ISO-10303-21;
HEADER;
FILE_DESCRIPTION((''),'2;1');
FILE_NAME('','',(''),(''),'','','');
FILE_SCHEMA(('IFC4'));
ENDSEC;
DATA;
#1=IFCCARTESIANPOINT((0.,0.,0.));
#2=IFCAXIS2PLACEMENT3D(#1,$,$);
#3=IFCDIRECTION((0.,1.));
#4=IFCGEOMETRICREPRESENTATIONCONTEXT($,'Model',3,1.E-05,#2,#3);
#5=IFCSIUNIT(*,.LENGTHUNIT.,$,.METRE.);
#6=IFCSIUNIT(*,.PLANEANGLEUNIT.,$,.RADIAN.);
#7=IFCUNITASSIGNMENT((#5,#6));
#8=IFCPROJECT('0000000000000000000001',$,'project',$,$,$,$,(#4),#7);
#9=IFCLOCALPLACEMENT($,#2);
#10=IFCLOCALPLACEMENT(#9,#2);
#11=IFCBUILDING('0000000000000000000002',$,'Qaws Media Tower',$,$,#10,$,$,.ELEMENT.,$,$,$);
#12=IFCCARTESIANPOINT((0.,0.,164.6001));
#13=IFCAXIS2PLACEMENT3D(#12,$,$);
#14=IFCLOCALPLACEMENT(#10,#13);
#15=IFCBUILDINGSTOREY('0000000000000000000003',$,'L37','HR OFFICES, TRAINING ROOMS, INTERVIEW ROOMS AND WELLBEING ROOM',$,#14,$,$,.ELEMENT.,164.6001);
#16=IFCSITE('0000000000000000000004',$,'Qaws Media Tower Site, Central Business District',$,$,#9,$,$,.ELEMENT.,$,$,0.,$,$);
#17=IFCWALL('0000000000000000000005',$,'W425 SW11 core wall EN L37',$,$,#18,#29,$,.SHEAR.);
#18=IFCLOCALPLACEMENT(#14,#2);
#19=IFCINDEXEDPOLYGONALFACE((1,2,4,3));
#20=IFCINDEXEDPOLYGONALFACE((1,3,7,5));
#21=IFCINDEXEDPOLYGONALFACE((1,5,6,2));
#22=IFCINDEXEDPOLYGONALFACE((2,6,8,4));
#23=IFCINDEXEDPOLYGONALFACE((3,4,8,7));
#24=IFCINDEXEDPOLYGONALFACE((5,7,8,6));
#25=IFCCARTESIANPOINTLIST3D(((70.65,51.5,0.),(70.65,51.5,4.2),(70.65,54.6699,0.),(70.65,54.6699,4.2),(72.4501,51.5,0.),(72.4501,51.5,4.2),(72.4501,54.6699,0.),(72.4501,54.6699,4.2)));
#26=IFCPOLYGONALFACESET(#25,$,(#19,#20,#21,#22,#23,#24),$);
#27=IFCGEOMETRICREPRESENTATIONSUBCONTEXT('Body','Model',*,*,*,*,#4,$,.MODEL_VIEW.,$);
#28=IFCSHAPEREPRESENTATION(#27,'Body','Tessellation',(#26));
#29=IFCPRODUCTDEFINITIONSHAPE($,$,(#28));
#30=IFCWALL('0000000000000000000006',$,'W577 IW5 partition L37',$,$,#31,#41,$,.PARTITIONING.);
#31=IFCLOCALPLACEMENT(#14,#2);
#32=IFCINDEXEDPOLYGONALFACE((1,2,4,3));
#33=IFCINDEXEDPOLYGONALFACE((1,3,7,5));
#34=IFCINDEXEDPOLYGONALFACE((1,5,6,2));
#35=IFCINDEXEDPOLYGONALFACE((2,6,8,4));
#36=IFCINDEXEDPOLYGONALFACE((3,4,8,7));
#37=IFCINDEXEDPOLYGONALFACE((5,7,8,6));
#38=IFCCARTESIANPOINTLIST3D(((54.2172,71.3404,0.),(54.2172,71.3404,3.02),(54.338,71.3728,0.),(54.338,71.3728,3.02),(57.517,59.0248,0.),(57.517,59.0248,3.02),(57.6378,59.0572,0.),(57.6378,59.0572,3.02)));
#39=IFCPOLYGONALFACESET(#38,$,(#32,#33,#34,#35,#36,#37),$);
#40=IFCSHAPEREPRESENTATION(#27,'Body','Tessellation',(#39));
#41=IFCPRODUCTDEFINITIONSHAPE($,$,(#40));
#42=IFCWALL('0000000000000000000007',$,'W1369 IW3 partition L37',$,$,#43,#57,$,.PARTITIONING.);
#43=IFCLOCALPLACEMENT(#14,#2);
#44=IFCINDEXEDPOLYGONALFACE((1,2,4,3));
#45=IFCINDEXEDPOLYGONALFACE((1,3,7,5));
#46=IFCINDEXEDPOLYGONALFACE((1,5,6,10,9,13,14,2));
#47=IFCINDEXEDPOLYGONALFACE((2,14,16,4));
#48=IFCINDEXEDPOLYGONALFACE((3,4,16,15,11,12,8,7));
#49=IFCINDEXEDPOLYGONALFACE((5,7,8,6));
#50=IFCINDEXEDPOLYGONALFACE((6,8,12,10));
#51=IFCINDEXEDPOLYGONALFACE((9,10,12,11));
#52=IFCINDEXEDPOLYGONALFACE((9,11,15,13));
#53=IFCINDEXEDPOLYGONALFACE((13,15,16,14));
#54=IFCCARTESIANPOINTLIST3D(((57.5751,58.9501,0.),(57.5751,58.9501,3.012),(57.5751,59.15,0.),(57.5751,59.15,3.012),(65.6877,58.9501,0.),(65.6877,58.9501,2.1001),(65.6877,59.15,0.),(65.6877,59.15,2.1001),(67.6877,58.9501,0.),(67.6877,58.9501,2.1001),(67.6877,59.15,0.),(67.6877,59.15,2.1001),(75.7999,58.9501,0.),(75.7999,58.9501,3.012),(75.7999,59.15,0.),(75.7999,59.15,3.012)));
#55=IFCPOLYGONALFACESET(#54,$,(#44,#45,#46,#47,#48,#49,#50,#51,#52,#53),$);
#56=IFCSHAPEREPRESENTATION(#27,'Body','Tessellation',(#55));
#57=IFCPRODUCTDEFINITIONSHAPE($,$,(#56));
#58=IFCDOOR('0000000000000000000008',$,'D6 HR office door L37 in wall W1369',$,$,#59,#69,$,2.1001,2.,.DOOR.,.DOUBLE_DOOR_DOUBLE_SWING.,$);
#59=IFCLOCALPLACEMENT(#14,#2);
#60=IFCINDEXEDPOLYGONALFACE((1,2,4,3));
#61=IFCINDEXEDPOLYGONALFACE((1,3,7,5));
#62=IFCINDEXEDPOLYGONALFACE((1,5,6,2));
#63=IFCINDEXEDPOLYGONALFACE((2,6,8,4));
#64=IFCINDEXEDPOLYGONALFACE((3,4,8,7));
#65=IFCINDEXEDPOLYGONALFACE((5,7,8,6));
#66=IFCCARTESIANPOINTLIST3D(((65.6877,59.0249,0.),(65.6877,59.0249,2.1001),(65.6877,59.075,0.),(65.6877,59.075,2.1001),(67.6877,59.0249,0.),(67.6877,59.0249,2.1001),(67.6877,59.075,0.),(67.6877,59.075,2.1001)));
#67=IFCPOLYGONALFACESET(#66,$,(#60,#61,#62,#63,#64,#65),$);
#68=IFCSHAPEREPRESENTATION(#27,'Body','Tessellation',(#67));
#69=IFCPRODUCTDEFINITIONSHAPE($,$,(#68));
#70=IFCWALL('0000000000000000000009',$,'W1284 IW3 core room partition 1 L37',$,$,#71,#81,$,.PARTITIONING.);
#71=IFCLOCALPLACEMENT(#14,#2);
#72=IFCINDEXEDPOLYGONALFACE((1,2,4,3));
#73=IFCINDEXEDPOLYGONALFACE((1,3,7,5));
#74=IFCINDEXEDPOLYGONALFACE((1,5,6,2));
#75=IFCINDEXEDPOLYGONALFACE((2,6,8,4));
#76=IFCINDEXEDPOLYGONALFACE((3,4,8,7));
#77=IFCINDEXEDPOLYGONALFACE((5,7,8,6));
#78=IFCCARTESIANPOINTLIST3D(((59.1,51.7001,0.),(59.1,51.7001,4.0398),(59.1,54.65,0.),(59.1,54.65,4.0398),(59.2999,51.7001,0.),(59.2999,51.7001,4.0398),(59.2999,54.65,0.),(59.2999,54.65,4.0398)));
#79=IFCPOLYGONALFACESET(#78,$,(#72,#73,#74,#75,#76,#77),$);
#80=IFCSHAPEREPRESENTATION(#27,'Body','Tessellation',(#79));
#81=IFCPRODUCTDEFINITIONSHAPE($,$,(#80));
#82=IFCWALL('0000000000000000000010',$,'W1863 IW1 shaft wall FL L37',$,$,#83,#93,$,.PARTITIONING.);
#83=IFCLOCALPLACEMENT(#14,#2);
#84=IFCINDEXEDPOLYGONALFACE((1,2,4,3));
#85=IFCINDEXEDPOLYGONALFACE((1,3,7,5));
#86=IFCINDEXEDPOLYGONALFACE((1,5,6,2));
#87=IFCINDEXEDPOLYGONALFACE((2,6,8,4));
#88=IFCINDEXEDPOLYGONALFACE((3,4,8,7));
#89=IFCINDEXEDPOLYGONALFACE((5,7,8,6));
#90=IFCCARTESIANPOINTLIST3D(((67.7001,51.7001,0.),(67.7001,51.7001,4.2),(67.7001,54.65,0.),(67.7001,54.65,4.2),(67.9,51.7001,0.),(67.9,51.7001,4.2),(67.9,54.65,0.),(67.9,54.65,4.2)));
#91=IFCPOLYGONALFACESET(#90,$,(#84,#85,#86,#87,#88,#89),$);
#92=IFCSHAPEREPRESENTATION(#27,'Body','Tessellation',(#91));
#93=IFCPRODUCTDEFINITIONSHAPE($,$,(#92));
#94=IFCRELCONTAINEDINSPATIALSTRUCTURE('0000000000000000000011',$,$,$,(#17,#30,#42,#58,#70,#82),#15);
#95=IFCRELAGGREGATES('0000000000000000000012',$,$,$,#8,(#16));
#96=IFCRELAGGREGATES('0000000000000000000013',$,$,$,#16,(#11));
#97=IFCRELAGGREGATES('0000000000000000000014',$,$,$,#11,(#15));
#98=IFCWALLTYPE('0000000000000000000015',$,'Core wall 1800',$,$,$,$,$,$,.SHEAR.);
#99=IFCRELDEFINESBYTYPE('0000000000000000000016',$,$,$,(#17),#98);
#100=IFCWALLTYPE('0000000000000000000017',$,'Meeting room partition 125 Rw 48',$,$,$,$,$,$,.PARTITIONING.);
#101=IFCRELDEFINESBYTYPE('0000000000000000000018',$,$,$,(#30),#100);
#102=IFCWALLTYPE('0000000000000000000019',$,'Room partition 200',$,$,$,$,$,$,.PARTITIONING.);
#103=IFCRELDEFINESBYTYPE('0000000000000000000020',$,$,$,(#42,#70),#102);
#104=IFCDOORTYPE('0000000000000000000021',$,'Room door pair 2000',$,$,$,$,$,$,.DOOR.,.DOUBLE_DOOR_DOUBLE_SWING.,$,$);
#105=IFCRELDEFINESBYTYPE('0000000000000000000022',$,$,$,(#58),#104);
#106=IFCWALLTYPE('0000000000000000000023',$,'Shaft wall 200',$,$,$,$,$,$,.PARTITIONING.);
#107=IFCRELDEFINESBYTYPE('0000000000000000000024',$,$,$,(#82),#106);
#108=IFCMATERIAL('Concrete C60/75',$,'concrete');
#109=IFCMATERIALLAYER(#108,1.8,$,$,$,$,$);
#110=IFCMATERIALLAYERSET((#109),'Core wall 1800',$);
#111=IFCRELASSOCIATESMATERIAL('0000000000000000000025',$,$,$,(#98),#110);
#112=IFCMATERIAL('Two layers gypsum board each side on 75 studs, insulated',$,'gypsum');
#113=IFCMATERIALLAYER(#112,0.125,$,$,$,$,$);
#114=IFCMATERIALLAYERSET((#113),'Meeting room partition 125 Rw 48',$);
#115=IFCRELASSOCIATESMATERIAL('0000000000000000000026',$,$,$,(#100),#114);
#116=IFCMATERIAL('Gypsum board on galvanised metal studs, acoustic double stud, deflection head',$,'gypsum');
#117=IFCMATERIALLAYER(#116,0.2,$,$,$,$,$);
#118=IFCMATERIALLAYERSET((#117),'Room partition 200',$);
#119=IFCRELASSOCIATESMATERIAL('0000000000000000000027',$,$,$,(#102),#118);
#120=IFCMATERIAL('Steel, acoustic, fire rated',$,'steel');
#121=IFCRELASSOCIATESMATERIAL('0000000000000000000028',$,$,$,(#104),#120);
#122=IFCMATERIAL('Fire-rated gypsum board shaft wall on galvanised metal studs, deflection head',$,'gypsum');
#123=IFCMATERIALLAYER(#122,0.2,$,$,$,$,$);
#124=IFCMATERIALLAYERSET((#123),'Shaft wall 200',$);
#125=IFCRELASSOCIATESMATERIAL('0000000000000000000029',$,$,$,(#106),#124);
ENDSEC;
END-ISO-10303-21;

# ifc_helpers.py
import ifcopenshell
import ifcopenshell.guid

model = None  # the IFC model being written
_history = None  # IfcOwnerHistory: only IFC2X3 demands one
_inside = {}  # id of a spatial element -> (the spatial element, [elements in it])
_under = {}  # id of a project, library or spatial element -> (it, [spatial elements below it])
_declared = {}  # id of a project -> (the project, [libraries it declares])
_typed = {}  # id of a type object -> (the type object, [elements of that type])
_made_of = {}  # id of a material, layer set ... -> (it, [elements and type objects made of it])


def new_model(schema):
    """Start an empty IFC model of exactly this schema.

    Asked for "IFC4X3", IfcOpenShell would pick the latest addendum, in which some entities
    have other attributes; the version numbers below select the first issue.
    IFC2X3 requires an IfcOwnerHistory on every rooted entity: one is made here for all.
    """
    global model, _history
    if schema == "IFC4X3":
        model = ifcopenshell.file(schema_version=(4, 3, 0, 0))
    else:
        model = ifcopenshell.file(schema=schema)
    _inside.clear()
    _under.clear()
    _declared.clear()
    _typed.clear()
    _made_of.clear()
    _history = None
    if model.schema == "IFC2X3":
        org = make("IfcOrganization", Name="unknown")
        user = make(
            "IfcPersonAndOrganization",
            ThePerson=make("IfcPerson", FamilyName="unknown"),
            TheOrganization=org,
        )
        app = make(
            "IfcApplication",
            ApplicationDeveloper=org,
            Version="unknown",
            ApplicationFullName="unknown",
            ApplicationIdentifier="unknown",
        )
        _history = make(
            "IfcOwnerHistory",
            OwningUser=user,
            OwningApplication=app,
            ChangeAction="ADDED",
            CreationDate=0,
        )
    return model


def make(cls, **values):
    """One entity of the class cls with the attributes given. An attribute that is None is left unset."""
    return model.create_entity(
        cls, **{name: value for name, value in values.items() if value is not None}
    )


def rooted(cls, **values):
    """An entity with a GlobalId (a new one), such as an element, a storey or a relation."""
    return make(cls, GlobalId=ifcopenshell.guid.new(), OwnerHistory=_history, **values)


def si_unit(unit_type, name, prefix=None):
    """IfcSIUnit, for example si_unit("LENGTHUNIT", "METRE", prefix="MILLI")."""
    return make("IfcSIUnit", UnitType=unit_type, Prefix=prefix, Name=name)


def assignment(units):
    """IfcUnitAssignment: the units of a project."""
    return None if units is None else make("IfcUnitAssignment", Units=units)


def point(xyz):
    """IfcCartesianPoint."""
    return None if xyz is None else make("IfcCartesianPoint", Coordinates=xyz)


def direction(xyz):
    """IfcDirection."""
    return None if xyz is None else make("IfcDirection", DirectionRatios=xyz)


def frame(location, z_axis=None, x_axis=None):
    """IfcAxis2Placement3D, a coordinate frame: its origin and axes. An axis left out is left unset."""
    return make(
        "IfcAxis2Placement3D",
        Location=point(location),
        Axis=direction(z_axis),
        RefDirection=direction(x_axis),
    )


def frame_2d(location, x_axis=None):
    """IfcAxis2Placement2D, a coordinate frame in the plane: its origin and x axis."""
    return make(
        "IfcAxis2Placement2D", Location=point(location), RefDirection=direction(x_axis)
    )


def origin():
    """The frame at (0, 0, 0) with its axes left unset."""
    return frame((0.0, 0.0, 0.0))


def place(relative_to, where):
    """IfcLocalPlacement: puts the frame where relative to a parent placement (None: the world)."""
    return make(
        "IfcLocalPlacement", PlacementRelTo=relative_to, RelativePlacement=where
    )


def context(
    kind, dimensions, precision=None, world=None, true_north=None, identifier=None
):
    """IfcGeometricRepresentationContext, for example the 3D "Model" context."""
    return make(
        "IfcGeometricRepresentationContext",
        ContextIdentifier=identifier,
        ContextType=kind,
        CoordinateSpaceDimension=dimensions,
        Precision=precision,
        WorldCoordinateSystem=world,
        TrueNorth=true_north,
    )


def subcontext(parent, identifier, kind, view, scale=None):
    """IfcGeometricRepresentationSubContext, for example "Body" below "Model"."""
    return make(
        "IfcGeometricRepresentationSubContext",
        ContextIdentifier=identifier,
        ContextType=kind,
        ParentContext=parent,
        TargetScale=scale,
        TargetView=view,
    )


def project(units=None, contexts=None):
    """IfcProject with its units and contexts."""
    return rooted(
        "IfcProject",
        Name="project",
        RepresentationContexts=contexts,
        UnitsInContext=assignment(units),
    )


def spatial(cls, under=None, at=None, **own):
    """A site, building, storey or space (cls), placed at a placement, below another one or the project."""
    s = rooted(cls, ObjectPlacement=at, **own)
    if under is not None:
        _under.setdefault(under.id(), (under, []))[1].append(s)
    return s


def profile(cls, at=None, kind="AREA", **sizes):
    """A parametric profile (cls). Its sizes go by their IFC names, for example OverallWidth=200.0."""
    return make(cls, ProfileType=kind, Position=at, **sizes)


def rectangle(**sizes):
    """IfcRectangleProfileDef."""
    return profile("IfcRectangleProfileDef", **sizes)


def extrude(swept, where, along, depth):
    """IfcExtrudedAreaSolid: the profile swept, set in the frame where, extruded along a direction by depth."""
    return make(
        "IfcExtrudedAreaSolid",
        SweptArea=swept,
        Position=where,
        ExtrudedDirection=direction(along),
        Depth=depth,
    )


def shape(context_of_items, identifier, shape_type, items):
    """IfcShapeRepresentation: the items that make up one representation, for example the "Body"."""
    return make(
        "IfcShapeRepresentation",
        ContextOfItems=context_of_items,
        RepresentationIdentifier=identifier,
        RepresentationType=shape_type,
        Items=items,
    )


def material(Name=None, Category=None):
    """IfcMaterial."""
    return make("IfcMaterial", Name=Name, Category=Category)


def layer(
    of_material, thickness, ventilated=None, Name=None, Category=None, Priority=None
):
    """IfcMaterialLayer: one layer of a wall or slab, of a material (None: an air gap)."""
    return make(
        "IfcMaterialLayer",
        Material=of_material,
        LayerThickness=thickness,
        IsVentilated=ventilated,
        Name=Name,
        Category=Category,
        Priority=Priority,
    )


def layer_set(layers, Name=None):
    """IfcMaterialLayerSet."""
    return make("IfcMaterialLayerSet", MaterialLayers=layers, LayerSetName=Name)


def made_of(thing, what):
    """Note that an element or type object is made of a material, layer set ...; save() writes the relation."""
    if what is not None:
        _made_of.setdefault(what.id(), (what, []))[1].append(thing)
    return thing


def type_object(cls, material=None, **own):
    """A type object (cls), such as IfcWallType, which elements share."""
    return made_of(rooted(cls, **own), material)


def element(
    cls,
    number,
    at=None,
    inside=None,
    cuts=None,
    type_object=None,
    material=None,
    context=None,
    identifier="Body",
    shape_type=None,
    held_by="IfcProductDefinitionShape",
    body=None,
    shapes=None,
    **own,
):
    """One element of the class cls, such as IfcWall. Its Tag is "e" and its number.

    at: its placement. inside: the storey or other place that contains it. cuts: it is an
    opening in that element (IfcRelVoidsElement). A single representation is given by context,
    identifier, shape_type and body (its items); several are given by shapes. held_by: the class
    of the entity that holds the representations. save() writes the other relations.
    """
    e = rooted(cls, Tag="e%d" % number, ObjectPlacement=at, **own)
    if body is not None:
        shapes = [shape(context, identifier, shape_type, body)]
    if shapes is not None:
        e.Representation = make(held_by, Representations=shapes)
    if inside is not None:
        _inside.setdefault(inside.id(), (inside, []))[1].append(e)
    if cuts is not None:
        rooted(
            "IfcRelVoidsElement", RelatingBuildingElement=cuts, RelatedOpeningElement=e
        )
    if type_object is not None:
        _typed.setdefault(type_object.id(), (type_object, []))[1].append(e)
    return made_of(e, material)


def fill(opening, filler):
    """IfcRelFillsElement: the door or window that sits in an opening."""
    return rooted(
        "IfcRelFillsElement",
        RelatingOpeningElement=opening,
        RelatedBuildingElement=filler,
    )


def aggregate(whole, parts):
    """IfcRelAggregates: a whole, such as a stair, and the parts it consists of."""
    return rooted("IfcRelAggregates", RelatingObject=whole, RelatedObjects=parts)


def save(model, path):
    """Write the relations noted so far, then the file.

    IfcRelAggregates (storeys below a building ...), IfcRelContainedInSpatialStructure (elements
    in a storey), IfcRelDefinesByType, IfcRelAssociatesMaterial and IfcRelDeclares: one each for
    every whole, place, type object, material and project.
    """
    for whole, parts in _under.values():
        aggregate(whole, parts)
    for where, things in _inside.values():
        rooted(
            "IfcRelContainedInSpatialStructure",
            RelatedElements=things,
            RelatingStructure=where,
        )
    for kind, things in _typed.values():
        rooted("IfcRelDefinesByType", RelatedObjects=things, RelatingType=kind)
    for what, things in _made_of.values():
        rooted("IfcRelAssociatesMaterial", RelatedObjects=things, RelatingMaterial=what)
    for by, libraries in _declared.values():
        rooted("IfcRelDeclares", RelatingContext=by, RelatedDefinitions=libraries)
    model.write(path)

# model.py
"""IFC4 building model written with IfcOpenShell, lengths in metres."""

from ifc_helpers import new_model, si_unit, direction, frame, frame_2d, origin, place, context, subcontext, project, spatial, rectangle, extrude, material, layer, layer_set, type_object, element, fill, save


model = new_model("IFC4")

# Units and contexts
model_context = context("Model", 3, precision=1e-05, world=origin(), true_north=direction((0.0, 1.0)))
body_context = subcontext(model_context, "Body", "Model", "MODEL_VIEW")
ifc_project = project(units=[si_unit("LENGTHUNIT", "METRE"), si_unit("PLANEANGLEUNIT", "RADIAN")], contexts=[model_context])

# Site, building, storey
site_placement = place(None, origin())
site = spatial("IfcSite", under=ifc_project, at=site_placement, Name="Qaws Media Tower Site, Central Business District", CompositionType="ELEMENT", RefElevation=0.0)
building_placement = place(site_placement, origin())
building = spatial("IfcBuilding", under=site, at=building_placement, Name="Qaws Media Tower", CompositionType="ELEMENT")
storey_placement = place(building_placement, frame((0.0, 0.0, 164.6001)))
storey = spatial("IfcBuildingStorey", under=building, at=storey_placement, Name="L37", Description="HR OFFICES, TRAINING ROOMS, INTERVIEW ROOMS AND WELLBEING ROOM", CompositionType="ELEMENT", Elevation=164.6001)

# Shared definitions
ifc_material_1 = material(Name="Concrete C60/75", Category="concrete")
ifc_layer_1 = layer(ifc_material_1, 1.8)
ifc_layer_set_1 = layer_set([ifc_layer_1], Name="Core wall 1800")
wall_type_1 = type_object("IfcWallType", Name="Core wall 1800", PredefinedType="SHEAR", material=ifc_layer_set_1)

# Walls
wall_1_placement = place(storey_placement, frame((71.55, 51.5, 0.0), z_axis=(0.0, 0.0, 1.0), x_axis=(0.0, 1.0, 0.0)))
element("IfcWall", 1, at=wall_1_placement, inside=storey, type_object=wall_type_1, Name="W425 SW11 core wall EN L37", PredefinedType="SHEAR", context=body_context, shape_type="SweptSolid", body=[
    extrude(rectangle(XDim=3.1699, YDim=1.8, at=frame_2d((1.585, 0.0))), origin(), (0.0, 0.0, 1.0), 4.2),
])
ifc_material_2 = material(Name="Two layers gypsum board each side on 75 studs, insulated", Category="gypsum")
ifc_layer_2 = layer(ifc_material_2, 0.125)
ifc_layer_set_2 = layer_set([ifc_layer_2], Name="Meeting room partition 125 Rw 48")
wall_type_2 = type_object("IfcWallType", Name="Meeting room partition 125 Rw 48", PredefinedType="PARTITIONING", material=ifc_layer_set_2)
wall_2_placement = place(storey_placement, frame((57.5774, 59.041, 0.0), z_axis=(0.0, 0.0, 1.0), x_axis=(-0.258807, 0.965929, 0.0)))
element("IfcWall", 2, at=wall_2_placement, inside=storey, type_object=wall_type_2, Name="W577 IW5 partition L37", PredefinedType="PARTITIONING", context=body_context, shape_type="SweptSolid", body=[
    extrude(rectangle(XDim=12.75, YDim=0.125, at=frame_2d((6.375, 0.0))), origin(), (0.0, 0.0, 1.0), 3.02),
])

# Wall, opening, door
ifc_material_3 = material(Name="Gypsum board on galvanised metal studs, acoustic double stud, deflection head", Category="gypsum")
ifc_layer_3 = layer(ifc_material_3, 0.2)
ifc_layer_set_3 = layer_set([ifc_layer_3], Name="Room partition 200")
wall_type_3 = type_object("IfcWallType", Name="Room partition 200", PredefinedType="PARTITIONING", material=ifc_layer_set_3)
wall_3_placement = place(storey_placement, frame((57.5752, 59.05, 0.0), z_axis=(0.0, 0.0, 1.0), x_axis=(1.0, 0.0, 0.0)))
wall_3 = element("IfcWall", 3, at=wall_3_placement, inside=storey, type_object=wall_type_3, Name="W1369 IW3 partition L37", PredefinedType="PARTITIONING", context=body_context, shape_type="SweptSolid", body=[
    extrude(rectangle(XDim=18.2249, YDim=0.2, at=frame_2d((9.1123, 0.0))), origin(), (0.0, 0.0, 1.0), 3.012),
])
opening_1_placement = place(wall_3_placement, frame((8.1125, 0.0, 0.0)))
opening_1 = element("IfcOpeningElement", 4, at=opening_1_placement, cuts=wall_3, PredefinedType="OPENING", context=body_context, shape_type="SweptSolid", body=[
    extrude(rectangle(XDim=2.0, YDim=2.1001, at=frame_2d((1.0, 1.05))), frame((0.0, 0.1099, 0.0), z_axis=(0.0, -1.0, 0.0), x_axis=(1.0, 0.0, 0.0)), (0.0, 0.0, 1.0), 0.22),
])
ifc_material_4 = material(Name="Steel, acoustic, fire rated", Category="steel")
door_type_1 = type_object("IfcDoorType", Name="Room door pair 2000", OperationType="DOUBLE_DOOR_DOUBLE_SWING", PredefinedType="DOOR", material=ifc_material_4)
door_1_placement = place(opening_1_placement, origin())
door_1 = element("IfcDoor", 5, at=door_1_placement, inside=storey, type_object=door_type_1, Name="D6 HR office door L37 in wall W1369", OperationType="DOUBLE_DOOR_DOUBLE_SWING", OverallHeight=2.1001, OverallWidth=2.0, PredefinedType="DOOR", context=body_context, shape_type="SweptSolid", body=[
    extrude(rectangle(XDim=2.0, YDim=2.1001, at=frame_2d((1.0, 1.05))), frame((0.0, 0.0249, 0.0), z_axis=(0.0, -1.0, 0.0), x_axis=(1.0, 0.0, 0.0)), (0.0, 0.0, 1.0), 0.05),
])
fill(opening_1, door_1)

# Walls
wall_4_placement = place(storey_placement, frame((59.2, 51.7, 0.0), z_axis=(0.0, 0.0, 1.0), x_axis=(0.0, 1.0, 0.0)))
element("IfcWall", 6, at=wall_4_placement, inside=storey, type_object=wall_type_3, Name="W1284 IW3 core room partition 1 L37", PredefinedType="PARTITIONING", context=body_context, shape_type="SweptSolid", body=[
    extrude(rectangle(XDim=2.95, YDim=0.2, at=frame_2d((1.4751, 0.0))), origin(), (0.0, 0.0, 1.0), 4.0398),
])
ifc_material_5 = material(Name="Fire-rated gypsum board shaft wall on galvanised metal studs, deflection head", Category="gypsum")
ifc_layer_4 = layer(ifc_material_5, 0.2)
ifc_layer_set_4 = layer_set([ifc_layer_4], Name="Shaft wall 200")
wall_type_4 = type_object("IfcWallType", Name="Shaft wall 200", PredefinedType="PARTITIONING", material=ifc_layer_set_4)
wall_5_placement = place(storey_placement, frame((67.8, 51.7, 0.0), z_axis=(0.0, 0.0, 1.0), x_axis=(0.0, 1.0, 0.0)))
element("IfcWall", 7, at=wall_5_placement, inside=storey, type_object=wall_type_4, Name="W1863 IW1 shaft wall FL L37", PredefinedType="PARTITIONING", context=body_context, shape_type="SweptSolid", body=[
    extrude(rectangle(XDim=2.95, YDim=0.2, at=frame_2d((1.4751, 0.0))), origin(), (0.0, 0.0, 1.0), 4.2),
])

save(model, "model.ifc")
